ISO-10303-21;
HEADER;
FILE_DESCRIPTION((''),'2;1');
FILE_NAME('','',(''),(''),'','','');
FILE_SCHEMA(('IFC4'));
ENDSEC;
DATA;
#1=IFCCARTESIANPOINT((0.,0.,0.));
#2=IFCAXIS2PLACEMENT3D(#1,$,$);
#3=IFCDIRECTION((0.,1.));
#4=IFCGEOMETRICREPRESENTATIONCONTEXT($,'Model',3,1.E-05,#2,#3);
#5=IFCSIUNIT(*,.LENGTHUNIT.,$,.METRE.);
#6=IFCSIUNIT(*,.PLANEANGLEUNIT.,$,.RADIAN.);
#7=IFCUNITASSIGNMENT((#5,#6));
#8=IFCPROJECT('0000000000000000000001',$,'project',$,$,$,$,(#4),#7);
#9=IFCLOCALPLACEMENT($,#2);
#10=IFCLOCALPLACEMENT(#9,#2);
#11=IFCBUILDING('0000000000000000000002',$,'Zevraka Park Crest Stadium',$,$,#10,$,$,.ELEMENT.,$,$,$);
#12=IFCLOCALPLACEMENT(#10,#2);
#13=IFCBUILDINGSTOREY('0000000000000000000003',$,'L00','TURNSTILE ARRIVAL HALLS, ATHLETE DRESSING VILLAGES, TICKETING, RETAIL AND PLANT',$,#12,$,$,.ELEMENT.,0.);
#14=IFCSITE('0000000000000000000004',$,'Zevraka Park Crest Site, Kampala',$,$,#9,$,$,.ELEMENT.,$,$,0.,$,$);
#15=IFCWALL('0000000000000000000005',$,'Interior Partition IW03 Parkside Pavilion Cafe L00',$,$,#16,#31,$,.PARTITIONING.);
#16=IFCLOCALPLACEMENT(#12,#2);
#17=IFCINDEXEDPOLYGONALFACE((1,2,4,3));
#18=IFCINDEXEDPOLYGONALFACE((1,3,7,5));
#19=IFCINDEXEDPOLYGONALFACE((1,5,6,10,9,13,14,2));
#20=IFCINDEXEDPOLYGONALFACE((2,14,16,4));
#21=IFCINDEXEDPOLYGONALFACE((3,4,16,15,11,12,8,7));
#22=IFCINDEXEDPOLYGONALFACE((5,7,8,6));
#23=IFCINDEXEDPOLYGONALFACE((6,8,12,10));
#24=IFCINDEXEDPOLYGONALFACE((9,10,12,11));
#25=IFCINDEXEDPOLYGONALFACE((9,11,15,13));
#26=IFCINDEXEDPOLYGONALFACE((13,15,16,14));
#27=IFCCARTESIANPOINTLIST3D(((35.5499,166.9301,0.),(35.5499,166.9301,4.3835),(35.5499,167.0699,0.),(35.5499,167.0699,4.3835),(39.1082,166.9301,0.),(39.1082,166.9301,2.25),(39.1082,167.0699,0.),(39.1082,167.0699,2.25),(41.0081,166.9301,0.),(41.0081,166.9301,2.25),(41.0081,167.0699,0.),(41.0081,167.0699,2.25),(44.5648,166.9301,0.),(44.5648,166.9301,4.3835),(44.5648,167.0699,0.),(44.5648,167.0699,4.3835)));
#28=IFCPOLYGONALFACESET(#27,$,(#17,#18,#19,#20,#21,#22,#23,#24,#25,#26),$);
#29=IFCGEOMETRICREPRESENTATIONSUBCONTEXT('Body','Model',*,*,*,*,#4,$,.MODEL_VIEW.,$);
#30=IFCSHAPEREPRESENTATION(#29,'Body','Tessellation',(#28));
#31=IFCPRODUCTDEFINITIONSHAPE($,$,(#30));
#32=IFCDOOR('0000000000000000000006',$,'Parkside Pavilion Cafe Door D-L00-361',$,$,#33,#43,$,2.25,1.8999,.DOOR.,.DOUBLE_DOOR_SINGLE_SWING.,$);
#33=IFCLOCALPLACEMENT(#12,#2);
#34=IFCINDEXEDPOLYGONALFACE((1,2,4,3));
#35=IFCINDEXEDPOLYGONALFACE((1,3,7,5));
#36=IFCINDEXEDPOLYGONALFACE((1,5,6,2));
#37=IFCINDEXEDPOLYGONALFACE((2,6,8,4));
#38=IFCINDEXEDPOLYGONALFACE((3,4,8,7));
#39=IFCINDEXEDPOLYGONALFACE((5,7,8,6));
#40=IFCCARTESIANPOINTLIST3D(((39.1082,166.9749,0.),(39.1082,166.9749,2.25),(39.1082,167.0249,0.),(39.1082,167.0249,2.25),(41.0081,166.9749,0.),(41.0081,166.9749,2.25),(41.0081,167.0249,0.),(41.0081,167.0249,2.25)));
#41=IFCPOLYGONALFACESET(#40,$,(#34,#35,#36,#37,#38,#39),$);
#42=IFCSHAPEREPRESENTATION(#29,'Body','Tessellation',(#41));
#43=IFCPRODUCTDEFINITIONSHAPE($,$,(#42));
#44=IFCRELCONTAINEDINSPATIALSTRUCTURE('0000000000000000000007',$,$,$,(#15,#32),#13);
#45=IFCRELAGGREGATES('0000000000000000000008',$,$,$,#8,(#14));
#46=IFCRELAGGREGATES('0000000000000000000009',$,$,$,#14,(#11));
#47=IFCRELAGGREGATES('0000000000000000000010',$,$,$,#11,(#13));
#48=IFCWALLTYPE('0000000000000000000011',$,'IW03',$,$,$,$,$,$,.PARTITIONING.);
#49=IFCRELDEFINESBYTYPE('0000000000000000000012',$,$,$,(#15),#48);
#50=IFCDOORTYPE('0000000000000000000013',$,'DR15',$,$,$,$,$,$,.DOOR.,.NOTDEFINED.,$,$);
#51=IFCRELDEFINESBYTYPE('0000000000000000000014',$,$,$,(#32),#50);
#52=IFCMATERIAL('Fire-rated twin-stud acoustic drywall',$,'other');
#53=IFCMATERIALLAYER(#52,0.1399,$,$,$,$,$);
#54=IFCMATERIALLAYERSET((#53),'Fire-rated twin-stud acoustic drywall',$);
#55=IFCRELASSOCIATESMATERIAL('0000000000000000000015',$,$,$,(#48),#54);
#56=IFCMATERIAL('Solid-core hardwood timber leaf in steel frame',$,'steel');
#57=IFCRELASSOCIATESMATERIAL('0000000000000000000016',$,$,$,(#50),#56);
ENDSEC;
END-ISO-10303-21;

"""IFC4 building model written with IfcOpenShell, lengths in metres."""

from ifc_helpers import new_model, si_unit, direction, frame, frame_2d, origin, place, context, subcontext, project, spatial, rectangle, extrude, material, layer, layer_set, type_object, element, fill, save


model = new_model("IFC4")

# Units and contexts
model_context = context("Model", 3, precision=1e-05, world=origin(), true_north=direction((0.0, 1.0)))
body_context = subcontext(model_context, "Body", "Model", "MODEL_VIEW")
ifc_project = project(units=[si_unit("LENGTHUNIT", "METRE"), si_unit("PLANEANGLEUNIT", "RADIAN")], contexts=[model_context])

# Site, building, storey
site_placement = place(None, origin())
site = spatial("IfcSite", under=ifc_project, at=site_placement, Name="Zevraka Park Crest Site, Kampala", CompositionType="ELEMENT", RefElevation=0.0)
building_placement = place(site_placement, origin())
building = spatial("IfcBuilding", under=site, at=building_placement, Name="Zevraka Park Crest Stadium", CompositionType="ELEMENT")
storey_placement = place(building_placement, origin())
storey = spatial("IfcBuildingStorey", under=building, at=storey_placement, Name="L00", Description="TURNSTILE ARRIVAL HALLS, ATHLETE DRESSING VILLAGES, TICKETING, RETAIL AND PLANT", CompositionType="ELEMENT", Elevation=0.0)

# Wall, opening, door
ifc_material_1 = material(Name="Fire-rated twin-stud acoustic drywall", Category="other")
ifc_layer = layer(ifc_material_1, 0.1399)
ifc_layer_set = layer_set([ifc_layer], Name="Fire-rated twin-stud acoustic drywall")
wall_type = type_object("IfcWallType", Name="IW03", PredefinedType="PARTITIONING", material=ifc_layer_set)
wall_1_placement = place(storey_placement, frame((35.55, 167.0, 0.0), z_axis=(0.0, 0.0, 1.0), x_axis=(1.0, 0.0, 0.0)))
wall_1 = element("IfcWall", 1, at=wall_1_placement, inside=storey, type_object=wall_type, Name="Interior Partition IW03 Parkside Pavilion Cafe L00", PredefinedType="PARTITIONING", context=body_context, shape_type="SweptSolid", body=[
    extrude(rectangle(XDim=9.0149, YDim=0.1399, at=frame_2d((4.5073, 0.0))), origin(), (0.0, 0.0, 1.0), 4.3835),
])
opening_placement = place(wall_1_placement, frame((3.5581, 0.0, 0.0)))
opening = element("IfcOpeningElement", 2, at=opening_placement, cuts=wall_1, PredefinedType="OPENING", context=body_context, shape_type="SweptSolid", body=[
    extrude(rectangle(XDim=1.8999, YDim=2.25, at=frame_2d((0.95, 1.125))), frame((0.0, 0.0798, 0.0), z_axis=(0.0, -1.0, 0.0), x_axis=(1.0, 0.0, 0.0)), (0.0, 0.0, 1.0), 0.1599),
])
ifc_material_2 = material(Name="Solid-core hardwood timber leaf in steel frame", Category="steel")
door_type = type_object("IfcDoorType", Name="DR15", OperationType="NOTDEFINED", PredefinedType="DOOR", material=ifc_material_2)
door_placement = place(opening_placement, origin())
door = element("IfcDoor", 3, at=door_placement, inside=storey, type_object=door_type, Name="Parkside Pavilion Cafe Door D-L00-361", OperationType="DOUBLE_DOOR_SINGLE_SWING", OverallHeight=2.25, OverallWidth=1.8999, PredefinedType="DOOR", context=body_context, shape_type="SweptSolid", body=[
    extrude(rectangle(XDim=1.8999, YDim=2.25, at=frame_2d((0.95, 1.125))), frame((0.0, 0.0249, 0.0), z_axis=(0.0, -1.0, 0.0), x_axis=(1.0, 0.0, 0.0)), (0.0, 0.0, 1.0), 0.05),
])
fill(opening, door)

save(model, "model.ifc")
